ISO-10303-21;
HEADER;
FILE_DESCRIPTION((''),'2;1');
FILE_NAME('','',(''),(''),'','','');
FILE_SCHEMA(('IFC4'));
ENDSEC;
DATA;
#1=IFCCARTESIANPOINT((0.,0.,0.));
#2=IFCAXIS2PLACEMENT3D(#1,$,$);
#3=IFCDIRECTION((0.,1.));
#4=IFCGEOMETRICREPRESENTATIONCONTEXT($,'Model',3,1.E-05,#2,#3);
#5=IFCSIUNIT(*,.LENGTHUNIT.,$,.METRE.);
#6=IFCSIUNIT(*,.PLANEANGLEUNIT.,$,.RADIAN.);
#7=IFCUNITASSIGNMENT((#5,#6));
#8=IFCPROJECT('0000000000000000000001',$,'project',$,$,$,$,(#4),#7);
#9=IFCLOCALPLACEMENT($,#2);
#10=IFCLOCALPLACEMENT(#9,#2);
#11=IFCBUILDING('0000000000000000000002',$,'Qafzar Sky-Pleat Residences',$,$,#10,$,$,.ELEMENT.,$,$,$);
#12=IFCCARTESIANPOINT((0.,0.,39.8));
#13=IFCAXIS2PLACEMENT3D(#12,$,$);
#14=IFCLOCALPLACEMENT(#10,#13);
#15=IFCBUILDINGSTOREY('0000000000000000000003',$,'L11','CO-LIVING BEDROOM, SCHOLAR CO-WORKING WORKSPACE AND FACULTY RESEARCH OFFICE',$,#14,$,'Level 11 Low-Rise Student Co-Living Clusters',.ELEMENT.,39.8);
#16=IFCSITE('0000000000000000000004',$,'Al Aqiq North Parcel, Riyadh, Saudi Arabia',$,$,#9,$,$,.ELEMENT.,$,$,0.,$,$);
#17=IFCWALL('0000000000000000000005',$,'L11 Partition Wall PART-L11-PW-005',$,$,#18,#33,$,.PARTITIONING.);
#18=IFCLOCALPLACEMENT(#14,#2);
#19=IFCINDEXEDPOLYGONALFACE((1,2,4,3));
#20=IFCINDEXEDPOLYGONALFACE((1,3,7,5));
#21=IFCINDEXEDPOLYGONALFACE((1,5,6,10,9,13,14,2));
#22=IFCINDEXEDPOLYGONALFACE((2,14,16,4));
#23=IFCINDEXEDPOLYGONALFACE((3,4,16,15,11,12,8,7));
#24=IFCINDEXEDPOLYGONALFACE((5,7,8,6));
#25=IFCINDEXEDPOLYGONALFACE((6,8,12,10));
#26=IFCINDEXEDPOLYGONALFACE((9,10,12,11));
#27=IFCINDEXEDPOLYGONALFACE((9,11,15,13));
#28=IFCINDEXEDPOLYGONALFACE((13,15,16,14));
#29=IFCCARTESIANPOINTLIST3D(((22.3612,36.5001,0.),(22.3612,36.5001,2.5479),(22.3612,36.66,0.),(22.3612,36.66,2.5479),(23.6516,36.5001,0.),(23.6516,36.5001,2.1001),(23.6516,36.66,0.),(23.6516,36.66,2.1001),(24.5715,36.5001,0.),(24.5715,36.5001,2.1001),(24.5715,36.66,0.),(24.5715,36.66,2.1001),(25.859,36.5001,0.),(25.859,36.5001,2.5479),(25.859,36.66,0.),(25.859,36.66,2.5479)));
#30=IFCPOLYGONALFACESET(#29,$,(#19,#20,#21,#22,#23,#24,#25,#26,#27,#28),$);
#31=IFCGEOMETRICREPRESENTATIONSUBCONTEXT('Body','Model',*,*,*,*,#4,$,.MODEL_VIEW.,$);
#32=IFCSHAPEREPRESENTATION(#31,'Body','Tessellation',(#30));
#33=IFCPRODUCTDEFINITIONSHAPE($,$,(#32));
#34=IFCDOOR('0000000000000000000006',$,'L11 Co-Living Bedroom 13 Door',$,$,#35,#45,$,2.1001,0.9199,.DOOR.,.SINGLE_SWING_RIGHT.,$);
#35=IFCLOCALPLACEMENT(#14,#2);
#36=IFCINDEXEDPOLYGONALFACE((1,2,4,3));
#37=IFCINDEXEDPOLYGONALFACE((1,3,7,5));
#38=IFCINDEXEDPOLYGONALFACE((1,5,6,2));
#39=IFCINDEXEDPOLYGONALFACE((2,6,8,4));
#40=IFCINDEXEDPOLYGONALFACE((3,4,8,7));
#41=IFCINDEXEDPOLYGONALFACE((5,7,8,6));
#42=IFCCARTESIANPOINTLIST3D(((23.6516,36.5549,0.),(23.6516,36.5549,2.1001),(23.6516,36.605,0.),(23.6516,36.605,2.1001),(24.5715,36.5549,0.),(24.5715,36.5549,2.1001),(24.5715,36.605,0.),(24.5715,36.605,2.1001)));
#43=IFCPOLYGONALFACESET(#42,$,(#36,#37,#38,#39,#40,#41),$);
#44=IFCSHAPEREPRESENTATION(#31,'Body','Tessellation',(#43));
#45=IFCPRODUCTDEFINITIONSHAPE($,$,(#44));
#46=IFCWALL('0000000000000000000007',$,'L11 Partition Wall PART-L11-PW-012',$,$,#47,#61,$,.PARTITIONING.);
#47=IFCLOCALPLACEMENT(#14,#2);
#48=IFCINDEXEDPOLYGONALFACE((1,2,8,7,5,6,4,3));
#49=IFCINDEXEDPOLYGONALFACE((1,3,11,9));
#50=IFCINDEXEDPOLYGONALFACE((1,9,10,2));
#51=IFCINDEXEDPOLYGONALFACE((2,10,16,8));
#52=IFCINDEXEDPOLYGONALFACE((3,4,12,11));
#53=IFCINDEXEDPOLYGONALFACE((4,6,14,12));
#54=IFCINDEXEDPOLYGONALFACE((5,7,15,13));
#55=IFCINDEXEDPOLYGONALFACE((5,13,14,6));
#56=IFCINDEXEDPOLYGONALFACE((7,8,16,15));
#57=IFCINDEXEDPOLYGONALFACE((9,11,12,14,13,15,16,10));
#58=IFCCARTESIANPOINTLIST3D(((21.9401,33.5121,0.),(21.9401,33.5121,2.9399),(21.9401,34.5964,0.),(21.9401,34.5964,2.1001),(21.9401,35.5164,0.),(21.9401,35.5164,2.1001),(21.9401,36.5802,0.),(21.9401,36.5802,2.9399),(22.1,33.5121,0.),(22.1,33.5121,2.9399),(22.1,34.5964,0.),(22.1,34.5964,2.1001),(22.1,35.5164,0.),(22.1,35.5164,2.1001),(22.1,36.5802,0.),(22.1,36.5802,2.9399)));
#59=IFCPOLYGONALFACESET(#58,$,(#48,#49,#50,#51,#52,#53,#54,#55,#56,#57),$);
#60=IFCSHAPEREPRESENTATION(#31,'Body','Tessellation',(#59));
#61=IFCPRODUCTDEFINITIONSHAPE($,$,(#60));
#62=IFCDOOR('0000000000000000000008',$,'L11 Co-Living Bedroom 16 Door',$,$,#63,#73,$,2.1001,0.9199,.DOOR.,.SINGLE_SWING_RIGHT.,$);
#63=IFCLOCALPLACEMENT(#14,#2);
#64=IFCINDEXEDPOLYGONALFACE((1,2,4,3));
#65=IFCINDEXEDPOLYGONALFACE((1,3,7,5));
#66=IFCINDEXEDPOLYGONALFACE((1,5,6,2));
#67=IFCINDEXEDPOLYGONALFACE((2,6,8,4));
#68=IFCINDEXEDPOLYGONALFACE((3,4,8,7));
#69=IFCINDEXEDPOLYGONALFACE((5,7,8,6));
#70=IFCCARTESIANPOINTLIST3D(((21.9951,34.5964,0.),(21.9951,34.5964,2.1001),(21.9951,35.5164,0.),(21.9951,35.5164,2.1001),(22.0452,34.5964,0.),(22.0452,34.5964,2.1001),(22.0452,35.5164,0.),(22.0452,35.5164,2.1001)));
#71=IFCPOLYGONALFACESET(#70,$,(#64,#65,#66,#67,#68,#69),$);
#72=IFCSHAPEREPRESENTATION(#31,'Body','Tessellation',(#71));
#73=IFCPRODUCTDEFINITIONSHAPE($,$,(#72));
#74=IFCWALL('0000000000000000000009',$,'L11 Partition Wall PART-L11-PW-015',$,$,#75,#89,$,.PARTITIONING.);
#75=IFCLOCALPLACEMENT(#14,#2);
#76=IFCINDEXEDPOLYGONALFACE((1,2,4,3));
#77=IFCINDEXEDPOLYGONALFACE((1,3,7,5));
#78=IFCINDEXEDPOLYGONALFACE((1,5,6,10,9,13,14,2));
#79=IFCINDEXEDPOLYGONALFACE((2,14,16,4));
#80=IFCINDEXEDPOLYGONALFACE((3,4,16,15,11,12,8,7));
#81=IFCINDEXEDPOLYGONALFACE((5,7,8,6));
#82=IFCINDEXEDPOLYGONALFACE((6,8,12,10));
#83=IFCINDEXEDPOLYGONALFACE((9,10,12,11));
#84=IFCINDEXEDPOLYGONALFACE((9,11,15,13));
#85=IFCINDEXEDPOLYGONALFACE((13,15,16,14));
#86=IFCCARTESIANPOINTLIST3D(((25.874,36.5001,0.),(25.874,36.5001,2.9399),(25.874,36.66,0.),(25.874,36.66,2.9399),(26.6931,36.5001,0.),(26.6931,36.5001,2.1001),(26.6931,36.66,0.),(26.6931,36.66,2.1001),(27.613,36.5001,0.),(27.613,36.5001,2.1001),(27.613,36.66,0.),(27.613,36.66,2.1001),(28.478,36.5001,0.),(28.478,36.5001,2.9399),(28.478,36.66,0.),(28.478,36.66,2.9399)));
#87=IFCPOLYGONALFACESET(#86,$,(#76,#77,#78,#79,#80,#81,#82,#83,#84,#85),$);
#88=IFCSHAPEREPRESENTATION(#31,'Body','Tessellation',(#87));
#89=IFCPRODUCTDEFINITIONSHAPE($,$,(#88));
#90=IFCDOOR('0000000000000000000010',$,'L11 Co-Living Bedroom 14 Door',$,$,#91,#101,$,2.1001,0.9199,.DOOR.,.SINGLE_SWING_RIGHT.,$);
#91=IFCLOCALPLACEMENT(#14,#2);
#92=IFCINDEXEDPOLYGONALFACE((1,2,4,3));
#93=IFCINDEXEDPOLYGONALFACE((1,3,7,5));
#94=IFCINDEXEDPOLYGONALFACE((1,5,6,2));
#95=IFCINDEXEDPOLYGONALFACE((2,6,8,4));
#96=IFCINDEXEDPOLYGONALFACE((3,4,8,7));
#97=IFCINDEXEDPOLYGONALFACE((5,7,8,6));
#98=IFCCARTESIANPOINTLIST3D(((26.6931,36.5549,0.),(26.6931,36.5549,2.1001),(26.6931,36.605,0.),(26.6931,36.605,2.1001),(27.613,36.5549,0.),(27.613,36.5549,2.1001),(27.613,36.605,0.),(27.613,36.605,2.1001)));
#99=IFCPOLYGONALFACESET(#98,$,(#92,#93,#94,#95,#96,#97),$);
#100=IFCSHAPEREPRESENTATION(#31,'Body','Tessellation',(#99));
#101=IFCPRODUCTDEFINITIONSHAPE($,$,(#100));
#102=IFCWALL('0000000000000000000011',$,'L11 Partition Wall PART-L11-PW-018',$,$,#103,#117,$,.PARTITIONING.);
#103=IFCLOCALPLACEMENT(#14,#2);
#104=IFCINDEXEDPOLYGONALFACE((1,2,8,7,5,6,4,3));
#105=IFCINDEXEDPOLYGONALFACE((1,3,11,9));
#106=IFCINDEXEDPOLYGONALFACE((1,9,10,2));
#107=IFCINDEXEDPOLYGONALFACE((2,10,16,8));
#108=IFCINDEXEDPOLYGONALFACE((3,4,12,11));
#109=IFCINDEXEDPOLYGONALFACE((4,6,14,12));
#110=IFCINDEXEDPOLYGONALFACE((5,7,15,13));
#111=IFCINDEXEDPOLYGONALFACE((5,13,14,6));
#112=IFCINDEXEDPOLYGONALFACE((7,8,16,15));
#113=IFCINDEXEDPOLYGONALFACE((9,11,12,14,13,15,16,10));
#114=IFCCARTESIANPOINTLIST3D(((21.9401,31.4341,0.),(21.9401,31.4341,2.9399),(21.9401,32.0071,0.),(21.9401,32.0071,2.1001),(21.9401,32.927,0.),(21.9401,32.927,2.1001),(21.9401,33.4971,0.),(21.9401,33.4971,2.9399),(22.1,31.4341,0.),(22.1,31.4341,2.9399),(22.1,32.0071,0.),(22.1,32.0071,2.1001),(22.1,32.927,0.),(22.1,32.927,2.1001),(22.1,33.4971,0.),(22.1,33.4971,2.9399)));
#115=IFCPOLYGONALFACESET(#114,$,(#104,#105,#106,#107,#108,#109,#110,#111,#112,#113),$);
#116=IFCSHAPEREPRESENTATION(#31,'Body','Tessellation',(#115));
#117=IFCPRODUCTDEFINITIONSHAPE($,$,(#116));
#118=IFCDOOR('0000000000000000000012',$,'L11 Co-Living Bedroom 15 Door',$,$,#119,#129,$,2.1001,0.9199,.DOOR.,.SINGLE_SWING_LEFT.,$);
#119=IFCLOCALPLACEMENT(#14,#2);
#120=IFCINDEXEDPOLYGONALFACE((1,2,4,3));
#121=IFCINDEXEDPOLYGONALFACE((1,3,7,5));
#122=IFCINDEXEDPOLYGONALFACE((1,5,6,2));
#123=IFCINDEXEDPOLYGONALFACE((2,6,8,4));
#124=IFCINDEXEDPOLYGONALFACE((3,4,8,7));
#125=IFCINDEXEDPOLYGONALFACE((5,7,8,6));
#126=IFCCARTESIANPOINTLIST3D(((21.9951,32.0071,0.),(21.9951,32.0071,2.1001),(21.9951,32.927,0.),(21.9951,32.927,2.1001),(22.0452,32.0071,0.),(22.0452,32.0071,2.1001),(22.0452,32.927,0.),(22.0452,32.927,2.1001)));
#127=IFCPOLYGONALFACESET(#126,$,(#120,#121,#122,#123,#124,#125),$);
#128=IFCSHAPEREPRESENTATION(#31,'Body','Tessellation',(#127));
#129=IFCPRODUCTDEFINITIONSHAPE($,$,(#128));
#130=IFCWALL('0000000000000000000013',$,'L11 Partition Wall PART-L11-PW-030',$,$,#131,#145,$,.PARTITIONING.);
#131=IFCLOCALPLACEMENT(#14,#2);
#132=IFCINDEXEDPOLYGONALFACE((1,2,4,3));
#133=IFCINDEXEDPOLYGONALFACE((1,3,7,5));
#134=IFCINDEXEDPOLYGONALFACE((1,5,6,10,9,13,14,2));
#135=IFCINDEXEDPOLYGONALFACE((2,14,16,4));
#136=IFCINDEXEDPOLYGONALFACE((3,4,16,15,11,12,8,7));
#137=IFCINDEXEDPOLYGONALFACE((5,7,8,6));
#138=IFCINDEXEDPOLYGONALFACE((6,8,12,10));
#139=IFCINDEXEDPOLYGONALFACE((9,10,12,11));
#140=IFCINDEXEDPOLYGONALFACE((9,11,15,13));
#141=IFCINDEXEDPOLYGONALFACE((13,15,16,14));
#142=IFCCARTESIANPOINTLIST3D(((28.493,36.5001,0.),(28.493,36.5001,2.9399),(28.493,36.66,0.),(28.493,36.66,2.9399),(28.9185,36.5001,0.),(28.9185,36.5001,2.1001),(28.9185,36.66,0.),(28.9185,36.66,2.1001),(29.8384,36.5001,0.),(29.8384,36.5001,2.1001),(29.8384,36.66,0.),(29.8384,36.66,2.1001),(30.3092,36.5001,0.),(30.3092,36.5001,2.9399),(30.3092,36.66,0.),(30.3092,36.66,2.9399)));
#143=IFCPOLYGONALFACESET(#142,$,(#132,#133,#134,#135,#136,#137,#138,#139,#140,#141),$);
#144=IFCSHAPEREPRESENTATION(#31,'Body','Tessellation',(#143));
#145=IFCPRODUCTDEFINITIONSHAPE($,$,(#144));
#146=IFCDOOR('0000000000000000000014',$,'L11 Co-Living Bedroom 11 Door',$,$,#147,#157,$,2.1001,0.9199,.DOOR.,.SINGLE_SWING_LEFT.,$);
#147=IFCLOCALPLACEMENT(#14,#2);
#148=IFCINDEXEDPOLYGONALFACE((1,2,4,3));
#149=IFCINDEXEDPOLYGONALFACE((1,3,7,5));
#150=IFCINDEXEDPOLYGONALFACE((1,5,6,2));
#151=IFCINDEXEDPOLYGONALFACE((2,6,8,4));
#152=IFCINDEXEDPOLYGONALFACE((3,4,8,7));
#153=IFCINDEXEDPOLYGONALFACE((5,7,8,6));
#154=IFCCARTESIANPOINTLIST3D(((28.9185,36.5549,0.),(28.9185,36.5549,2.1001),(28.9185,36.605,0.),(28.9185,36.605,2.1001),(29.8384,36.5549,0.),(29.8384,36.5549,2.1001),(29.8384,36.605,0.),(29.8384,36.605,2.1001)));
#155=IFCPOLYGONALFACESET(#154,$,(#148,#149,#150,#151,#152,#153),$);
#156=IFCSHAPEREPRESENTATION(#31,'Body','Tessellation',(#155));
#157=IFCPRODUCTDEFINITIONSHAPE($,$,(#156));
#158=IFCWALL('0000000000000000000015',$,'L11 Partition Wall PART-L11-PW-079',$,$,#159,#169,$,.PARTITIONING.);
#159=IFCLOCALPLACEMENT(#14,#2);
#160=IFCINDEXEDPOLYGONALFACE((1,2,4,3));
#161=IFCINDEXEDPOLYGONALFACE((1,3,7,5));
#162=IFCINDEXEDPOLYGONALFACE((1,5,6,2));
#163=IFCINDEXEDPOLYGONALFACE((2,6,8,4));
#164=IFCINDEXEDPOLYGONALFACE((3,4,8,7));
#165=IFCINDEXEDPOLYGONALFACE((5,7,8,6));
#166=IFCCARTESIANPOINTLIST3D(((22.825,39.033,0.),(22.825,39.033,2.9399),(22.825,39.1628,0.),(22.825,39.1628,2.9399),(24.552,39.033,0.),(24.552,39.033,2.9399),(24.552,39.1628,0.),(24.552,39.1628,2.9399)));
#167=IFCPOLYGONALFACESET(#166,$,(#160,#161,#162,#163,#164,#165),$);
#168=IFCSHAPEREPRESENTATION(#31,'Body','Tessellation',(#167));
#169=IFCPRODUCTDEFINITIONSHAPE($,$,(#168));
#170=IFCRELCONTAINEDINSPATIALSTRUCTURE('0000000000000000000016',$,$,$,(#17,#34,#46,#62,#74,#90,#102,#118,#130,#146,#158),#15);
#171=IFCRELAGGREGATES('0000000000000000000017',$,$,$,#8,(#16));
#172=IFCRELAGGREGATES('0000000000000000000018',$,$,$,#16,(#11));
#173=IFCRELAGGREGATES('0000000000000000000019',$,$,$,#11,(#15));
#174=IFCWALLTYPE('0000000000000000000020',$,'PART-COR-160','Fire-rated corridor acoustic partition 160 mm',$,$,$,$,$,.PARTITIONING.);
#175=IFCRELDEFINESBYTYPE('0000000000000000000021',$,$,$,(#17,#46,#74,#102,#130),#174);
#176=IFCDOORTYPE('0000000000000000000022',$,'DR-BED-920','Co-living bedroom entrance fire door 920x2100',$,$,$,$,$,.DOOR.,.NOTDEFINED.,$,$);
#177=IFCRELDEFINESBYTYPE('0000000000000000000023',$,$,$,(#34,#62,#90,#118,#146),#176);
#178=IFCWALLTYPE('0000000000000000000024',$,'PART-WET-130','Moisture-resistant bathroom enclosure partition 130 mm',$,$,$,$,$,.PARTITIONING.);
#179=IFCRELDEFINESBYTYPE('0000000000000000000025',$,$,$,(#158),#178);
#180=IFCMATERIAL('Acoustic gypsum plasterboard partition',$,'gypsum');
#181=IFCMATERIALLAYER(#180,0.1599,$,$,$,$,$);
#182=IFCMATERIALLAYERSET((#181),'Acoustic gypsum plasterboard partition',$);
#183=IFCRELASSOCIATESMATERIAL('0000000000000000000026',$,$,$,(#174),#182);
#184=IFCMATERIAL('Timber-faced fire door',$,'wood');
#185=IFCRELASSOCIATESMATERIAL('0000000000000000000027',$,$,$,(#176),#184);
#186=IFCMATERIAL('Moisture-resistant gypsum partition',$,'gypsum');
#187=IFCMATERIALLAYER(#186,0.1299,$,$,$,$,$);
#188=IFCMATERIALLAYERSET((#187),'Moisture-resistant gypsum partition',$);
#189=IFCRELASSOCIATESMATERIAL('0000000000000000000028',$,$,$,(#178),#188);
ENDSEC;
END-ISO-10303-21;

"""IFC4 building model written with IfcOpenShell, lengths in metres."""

from ifc_helpers import new_model, si_unit, direction, frame, frame_2d, origin, place, context, subcontext, project, spatial, rectangle, extrude, source, transform, mapped, material, layer, layer_set, type_object, element, fill, save


model = new_model("IFC4")

# Units and contexts
model_context = context("Model", 3, precision=1e-05, world=origin(), true_north=direction((0.0, 1.0)))
body_context = subcontext(model_context, "Body", "Model", "MODEL_VIEW")
ifc_project = project(units=[si_unit("LENGTHUNIT", "METRE"), si_unit("PLANEANGLEUNIT", "RADIAN")], contexts=[model_context])

# Site, building, storey
site_placement = place(None, origin())
site = spatial("IfcSite", under=ifc_project, at=site_placement, Name="Al Aqiq North Parcel, Riyadh, Saudi Arabia", CompositionType="ELEMENT", RefElevation=0.0)
building_placement = place(site_placement, origin())
building = spatial("IfcBuilding", under=site, at=building_placement, Name="Qafzar Sky-Pleat Residences", CompositionType="ELEMENT")
storey_placement = place(building_placement, frame((0.0, 0.0, 39.8)))
storey = spatial("IfcBuildingStorey", under=building, at=storey_placement, Name="L11", Description="CO-LIVING BEDROOM, SCHOLAR CO-WORKING WORKSPACE AND FACULTY RESEARCH OFFICE", LongName="Level 11 Low-Rise Student Co-Living Clusters", CompositionType="ELEMENT", Elevation=39.8)

# Walls, openings, doors
ifc_material_1 = material(Name="Acoustic gypsum plasterboard partition", Category="gypsum")
ifc_layer_1 = layer(ifc_material_1, 0.1599)
ifc_layer_set_1 = layer_set([ifc_layer_1], Name="Acoustic gypsum plasterboard partition")
wall_type_1 = type_object("IfcWallType", Name="PART-COR-160", Description="Fire-rated corridor acoustic partition 160 mm", PredefinedType="PARTITIONING", material=ifc_layer_set_1)
wall_1_placement = place(storey_placement, frame((22.3611, 36.5801, 0.0), z_axis=(0.0, 0.0, 1.0), x_axis=(1.0, 0.0, 0.0)))
wall_1 = element("IfcWall", 1, at=wall_1_placement, inside=storey, type_object=wall_type_1, Name="L11 Partition Wall PART-L11-PW-005", PredefinedType="PARTITIONING", context=body_context, shape_type="SweptSolid", body=[
    extrude(rectangle(XDim=3.4978, YDim=0.1599, at=frame_2d((1.749, 0.0))), origin(), (0.0, 0.0, 1.0), 2.5479),
])
opening_1_placement = place(wall_1_placement, frame((1.2905, 0.0, 0.0)))
opening_1 = element("IfcOpeningElement", 2, at=opening_1_placement, cuts=wall_1, PredefinedType="OPENING", context=body_context, shape_type="SweptSolid", body=[
    extrude(rectangle(XDim=0.9199, YDim=2.1001, at=frame_2d((0.46, 1.05))), frame((0.0, 0.0898, 0.0), z_axis=(0.0, -1.0, 0.0), x_axis=(1.0, 0.0, 0.0)), (0.0, 0.0, 1.0), 0.1799),
])
ifc_material_2 = material(Name="Timber-faced fire door", Category="wood")
door_type_1 = type_object("IfcDoorType", Name="DR-BED-920", Description="Co-living bedroom entrance fire door 920x2100", OperationType="NOTDEFINED", PredefinedType="DOOR", material=ifc_material_2)
shared_shape_1 = source(origin(), body_context, "Body", "SweptSolid", [
    extrude(rectangle(XDim=0.9199, YDim=2.1001, at=frame_2d((0.46, 1.05))), frame((0.0, 0.0249, 0.0), z_axis=(0.0, -1.0, 0.0), x_axis=(1.0, 0.0, 0.0)), (0.0, 0.0, 1.0), 0.05),
])
door_1_placement = place(opening_1_placement, origin())
door_1 = element("IfcDoor", 3, at=door_1_placement, inside=storey, type_object=door_type_1, Name="L11 Co-Living Bedroom 13 Door", OperationType="SINGLE_SWING_RIGHT", OverallHeight=2.1001, OverallWidth=0.9199, PredefinedType="DOOR", context=body_context, shape_type="MappedRepresentation", body=[
    mapped(shared_shape_1, transform((0.0, 0.0, 0.0), x_axis=(1.0, 0.0, 0.0), y_axis=(0.0, 1.0, 0.0), z_axis=(0.0, 0.0, 1.0), scale=1.0)),
])
fill(opening_1, door_1)
wall_2_placement = place(storey_placement, frame((22.02, 33.512, 0.0), z_axis=(0.0, 0.0, 1.0), x_axis=(0.0, 1.0, 0.0)))
wall_2 = element("IfcWall", 4, at=wall_2_placement, inside=storey, type_object=wall_type_1, Name="L11 Partition Wall PART-L11-PW-012", PredefinedType="PARTITIONING", context=body_context, shape_type="SweptSolid", body=[
    extrude(rectangle(XDim=3.0681, YDim=0.1599, at=frame_2d((1.5342, 0.0))), origin(), (0.0, 0.0, 1.0), 2.9399),
])
opening_2_placement = place(wall_2_placement, frame((1.0845, 0.0, 0.0)))
opening_2 = element("IfcOpeningElement", 5, at=opening_2_placement, cuts=wall_2, PredefinedType="OPENING", context=body_context, shape_type="SweptSolid", body=[
    extrude(rectangle(XDim=0.9199, YDim=2.1001, at=frame_2d((0.46, 1.05))), frame((0.0, 0.0898, 0.0), z_axis=(0.0, -1.0, 0.0), x_axis=(1.0, 0.0, 0.0)), (0.0, 0.0, 1.0), 0.1799),
])
door_2_placement = place(opening_2_placement, origin())
door_2 = element("IfcDoor", 6, at=door_2_placement, inside=storey, type_object=door_type_1, Name="L11 Co-Living Bedroom 16 Door", OperationType="SINGLE_SWING_RIGHT", OverallHeight=2.1001, OverallWidth=0.9199, PredefinedType="DOOR", context=body_context, shape_type="MappedRepresentation", body=[
    mapped(shared_shape_1, transform((0.0, 0.0, 0.0), x_axis=(1.0, 0.0, 0.0), y_axis=(0.0, 1.0, 0.0), z_axis=(0.0, 0.0, 1.0), scale=1.0)),
])
fill(opening_2, door_2)
wall_3_placement = place(storey_placement, frame((25.874, 36.5801, 0.0), z_axis=(0.0, 0.0, 1.0), x_axis=(1.0, 0.0, 0.0)))
wall_3 = element("IfcWall", 7, at=wall_3_placement, inside=storey, type_object=wall_type_1, Name="L11 Partition Wall PART-L11-PW-015", PredefinedType="PARTITIONING", context=body_context, shape_type="SweptSolid", body=[
    extrude(rectangle(XDim=2.604, YDim=0.1599, at=frame_2d((1.302, 0.0))), origin(), (0.0, 0.0, 1.0), 2.9399),
])
opening_3_placement = place(wall_3_placement, frame((0.8191, 0.0, 0.0)))
opening_3 = element("IfcOpeningElement", 8, at=opening_3_placement, cuts=wall_3, PredefinedType="OPENING", context=body_context, shape_type="SweptSolid", body=[
    extrude(rectangle(XDim=0.9199, YDim=2.1001, at=frame_2d((0.46, 1.05))), frame((0.0, 0.0898, 0.0), z_axis=(0.0, -1.0, 0.0), x_axis=(1.0, 0.0, 0.0)), (0.0, 0.0, 1.0), 0.1799),
])
door_3_placement = place(opening_3_placement, origin())
door_3 = element("IfcDoor", 9, at=door_3_placement, inside=storey, type_object=door_type_1, Name="L11 Co-Living Bedroom 14 Door", OperationType="SINGLE_SWING_RIGHT", OverallHeight=2.1001, OverallWidth=0.9199, PredefinedType="DOOR", context=body_context, shape_type="MappedRepresentation", body=[
    mapped(shared_shape_1, transform((0.0, 0.0, 0.0), x_axis=(1.0, 0.0, 0.0), y_axis=(0.0, 1.0, 0.0), z_axis=(0.0, 0.0, 1.0), scale=1.0)),
])
fill(opening_3, door_3)
wall_4_placement = place(storey_placement, frame((22.02, 31.4341, 0.0), z_axis=(0.0, 0.0, 1.0), x_axis=(0.0, 1.0, 0.0)))
wall_4 = element("IfcWall", 10, at=wall_4_placement, inside=storey, type_object=wall_type_1, Name="L11 Partition Wall PART-L11-PW-018", PredefinedType="PARTITIONING", context=body_context, shape_type="SweptSolid", body=[
    extrude(rectangle(XDim=2.063, YDim=0.1599, at=frame_2d((1.0315, 0.0))), origin(), (0.0, 0.0, 1.0), 2.9399),
])
opening_4_placement = place(wall_4_placement, frame((0.573, 0.0, 0.0)))
opening_4 = element("IfcOpeningElement", 11, at=opening_4_placement, cuts=wall_4, PredefinedType="OPENING", context=body_context, shape_type="SweptSolid", body=[
    extrude(rectangle(XDim=0.9199, YDim=2.1001, at=frame_2d((0.46, 1.05))), frame((0.0, 0.0898, 0.0), z_axis=(0.0, -1.0, 0.0), x_axis=(1.0, 0.0, 0.0)), (0.0, 0.0, 1.0), 0.1799),
])
door_4_placement = place(opening_4_placement, origin())
door_4 = element("IfcDoor", 12, at=door_4_placement, inside=storey, type_object=door_type_1, Name="L11 Co-Living Bedroom 15 Door", OperationType="SINGLE_SWING_LEFT", OverallHeight=2.1001, OverallWidth=0.9199, PredefinedType="DOOR", context=body_context, shape_type="MappedRepresentation", body=[
    mapped(shared_shape_1, transform((0.0, 0.0, 0.0), x_axis=(1.0, 0.0, 0.0), y_axis=(0.0, 1.0, 0.0), z_axis=(0.0, 0.0, 1.0), scale=1.0)),
])
fill(opening_4, door_4)
wall_5_placement = place(storey_placement, frame((28.4929, 36.5801, 0.0), z_axis=(0.0, 0.0, 1.0), x_axis=(1.0, 0.0, 0.0)))
wall_5 = element("IfcWall", 13, at=wall_5_placement, inside=storey, type_object=wall_type_1, Name="L11 Partition Wall PART-L11-PW-030", PredefinedType="PARTITIONING", context=body_context, shape_type="SweptSolid", body=[
    extrude(rectangle(XDim=1.8162, YDim=0.1599, at=frame_2d((0.9082, 0.0))), origin(), (0.0, 0.0, 1.0), 2.9399),
])
opening_5_placement = place(wall_5_placement, frame((0.4255, 0.0, 0.0)))
opening_5 = element("IfcOpeningElement", 14, at=opening_5_placement, cuts=wall_5, PredefinedType="OPENING", context=body_context, shape_type="SweptSolid", body=[
    extrude(rectangle(XDim=0.9199, YDim=2.1001, at=frame_2d((0.46, 1.05))), frame((0.0, 0.0898, 0.0), z_axis=(0.0, -1.0, 0.0), x_axis=(1.0, 0.0, 0.0)), (0.0, 0.0, 1.0), 0.1799),
])
door_5_placement = place(opening_5_placement, origin())
door_5 = element("IfcDoor", 15, at=door_5_placement, inside=storey, type_object=door_type_1, Name="L11 Co-Living Bedroom 11 Door", OperationType="SINGLE_SWING_LEFT", OverallHeight=2.1001, OverallWidth=0.9199, PredefinedType="DOOR", context=body_context, shape_type="MappedRepresentation", body=[
    mapped(shared_shape_1, transform((0.0, 0.0, 0.0), x_axis=(1.0, 0.0, 0.0), y_axis=(0.0, 1.0, 0.0), z_axis=(0.0, 0.0, 1.0), scale=1.0)),
])
fill(opening_5, door_5)

# Wall
ifc_material_3 = material(Name="Moisture-resistant gypsum partition", Category="gypsum")
ifc_layer_2 = layer(ifc_material_3, 0.1299)
ifc_layer_set_2 = layer_set([ifc_layer_2], Name="Moisture-resistant gypsum partition")
wall_type_2 = type_object("IfcWallType", Name="PART-WET-130", Description="Moisture-resistant bathroom enclosure partition 130 mm", PredefinedType="PARTITIONING", material=ifc_layer_set_2)
wall_6_placement = place(storey_placement, frame((22.825, 39.0979, 0.0), z_axis=(0.0, 0.0, 1.0), x_axis=(1.0, 0.0, 0.0)))
element("IfcWall", 16, at=wall_6_placement, inside=storey, type_object=wall_type_2, Name="L11 Partition Wall PART-L11-PW-079", PredefinedType="PARTITIONING", context=body_context, shape_type="SweptSolid", body=[
    extrude(rectangle(XDim=1.7271, YDim=0.1299, at=frame_2d((0.8635, 0.0))), origin(), (0.0, 0.0, 1.0), 2.9399),
])

save(model, "model.ifc")
